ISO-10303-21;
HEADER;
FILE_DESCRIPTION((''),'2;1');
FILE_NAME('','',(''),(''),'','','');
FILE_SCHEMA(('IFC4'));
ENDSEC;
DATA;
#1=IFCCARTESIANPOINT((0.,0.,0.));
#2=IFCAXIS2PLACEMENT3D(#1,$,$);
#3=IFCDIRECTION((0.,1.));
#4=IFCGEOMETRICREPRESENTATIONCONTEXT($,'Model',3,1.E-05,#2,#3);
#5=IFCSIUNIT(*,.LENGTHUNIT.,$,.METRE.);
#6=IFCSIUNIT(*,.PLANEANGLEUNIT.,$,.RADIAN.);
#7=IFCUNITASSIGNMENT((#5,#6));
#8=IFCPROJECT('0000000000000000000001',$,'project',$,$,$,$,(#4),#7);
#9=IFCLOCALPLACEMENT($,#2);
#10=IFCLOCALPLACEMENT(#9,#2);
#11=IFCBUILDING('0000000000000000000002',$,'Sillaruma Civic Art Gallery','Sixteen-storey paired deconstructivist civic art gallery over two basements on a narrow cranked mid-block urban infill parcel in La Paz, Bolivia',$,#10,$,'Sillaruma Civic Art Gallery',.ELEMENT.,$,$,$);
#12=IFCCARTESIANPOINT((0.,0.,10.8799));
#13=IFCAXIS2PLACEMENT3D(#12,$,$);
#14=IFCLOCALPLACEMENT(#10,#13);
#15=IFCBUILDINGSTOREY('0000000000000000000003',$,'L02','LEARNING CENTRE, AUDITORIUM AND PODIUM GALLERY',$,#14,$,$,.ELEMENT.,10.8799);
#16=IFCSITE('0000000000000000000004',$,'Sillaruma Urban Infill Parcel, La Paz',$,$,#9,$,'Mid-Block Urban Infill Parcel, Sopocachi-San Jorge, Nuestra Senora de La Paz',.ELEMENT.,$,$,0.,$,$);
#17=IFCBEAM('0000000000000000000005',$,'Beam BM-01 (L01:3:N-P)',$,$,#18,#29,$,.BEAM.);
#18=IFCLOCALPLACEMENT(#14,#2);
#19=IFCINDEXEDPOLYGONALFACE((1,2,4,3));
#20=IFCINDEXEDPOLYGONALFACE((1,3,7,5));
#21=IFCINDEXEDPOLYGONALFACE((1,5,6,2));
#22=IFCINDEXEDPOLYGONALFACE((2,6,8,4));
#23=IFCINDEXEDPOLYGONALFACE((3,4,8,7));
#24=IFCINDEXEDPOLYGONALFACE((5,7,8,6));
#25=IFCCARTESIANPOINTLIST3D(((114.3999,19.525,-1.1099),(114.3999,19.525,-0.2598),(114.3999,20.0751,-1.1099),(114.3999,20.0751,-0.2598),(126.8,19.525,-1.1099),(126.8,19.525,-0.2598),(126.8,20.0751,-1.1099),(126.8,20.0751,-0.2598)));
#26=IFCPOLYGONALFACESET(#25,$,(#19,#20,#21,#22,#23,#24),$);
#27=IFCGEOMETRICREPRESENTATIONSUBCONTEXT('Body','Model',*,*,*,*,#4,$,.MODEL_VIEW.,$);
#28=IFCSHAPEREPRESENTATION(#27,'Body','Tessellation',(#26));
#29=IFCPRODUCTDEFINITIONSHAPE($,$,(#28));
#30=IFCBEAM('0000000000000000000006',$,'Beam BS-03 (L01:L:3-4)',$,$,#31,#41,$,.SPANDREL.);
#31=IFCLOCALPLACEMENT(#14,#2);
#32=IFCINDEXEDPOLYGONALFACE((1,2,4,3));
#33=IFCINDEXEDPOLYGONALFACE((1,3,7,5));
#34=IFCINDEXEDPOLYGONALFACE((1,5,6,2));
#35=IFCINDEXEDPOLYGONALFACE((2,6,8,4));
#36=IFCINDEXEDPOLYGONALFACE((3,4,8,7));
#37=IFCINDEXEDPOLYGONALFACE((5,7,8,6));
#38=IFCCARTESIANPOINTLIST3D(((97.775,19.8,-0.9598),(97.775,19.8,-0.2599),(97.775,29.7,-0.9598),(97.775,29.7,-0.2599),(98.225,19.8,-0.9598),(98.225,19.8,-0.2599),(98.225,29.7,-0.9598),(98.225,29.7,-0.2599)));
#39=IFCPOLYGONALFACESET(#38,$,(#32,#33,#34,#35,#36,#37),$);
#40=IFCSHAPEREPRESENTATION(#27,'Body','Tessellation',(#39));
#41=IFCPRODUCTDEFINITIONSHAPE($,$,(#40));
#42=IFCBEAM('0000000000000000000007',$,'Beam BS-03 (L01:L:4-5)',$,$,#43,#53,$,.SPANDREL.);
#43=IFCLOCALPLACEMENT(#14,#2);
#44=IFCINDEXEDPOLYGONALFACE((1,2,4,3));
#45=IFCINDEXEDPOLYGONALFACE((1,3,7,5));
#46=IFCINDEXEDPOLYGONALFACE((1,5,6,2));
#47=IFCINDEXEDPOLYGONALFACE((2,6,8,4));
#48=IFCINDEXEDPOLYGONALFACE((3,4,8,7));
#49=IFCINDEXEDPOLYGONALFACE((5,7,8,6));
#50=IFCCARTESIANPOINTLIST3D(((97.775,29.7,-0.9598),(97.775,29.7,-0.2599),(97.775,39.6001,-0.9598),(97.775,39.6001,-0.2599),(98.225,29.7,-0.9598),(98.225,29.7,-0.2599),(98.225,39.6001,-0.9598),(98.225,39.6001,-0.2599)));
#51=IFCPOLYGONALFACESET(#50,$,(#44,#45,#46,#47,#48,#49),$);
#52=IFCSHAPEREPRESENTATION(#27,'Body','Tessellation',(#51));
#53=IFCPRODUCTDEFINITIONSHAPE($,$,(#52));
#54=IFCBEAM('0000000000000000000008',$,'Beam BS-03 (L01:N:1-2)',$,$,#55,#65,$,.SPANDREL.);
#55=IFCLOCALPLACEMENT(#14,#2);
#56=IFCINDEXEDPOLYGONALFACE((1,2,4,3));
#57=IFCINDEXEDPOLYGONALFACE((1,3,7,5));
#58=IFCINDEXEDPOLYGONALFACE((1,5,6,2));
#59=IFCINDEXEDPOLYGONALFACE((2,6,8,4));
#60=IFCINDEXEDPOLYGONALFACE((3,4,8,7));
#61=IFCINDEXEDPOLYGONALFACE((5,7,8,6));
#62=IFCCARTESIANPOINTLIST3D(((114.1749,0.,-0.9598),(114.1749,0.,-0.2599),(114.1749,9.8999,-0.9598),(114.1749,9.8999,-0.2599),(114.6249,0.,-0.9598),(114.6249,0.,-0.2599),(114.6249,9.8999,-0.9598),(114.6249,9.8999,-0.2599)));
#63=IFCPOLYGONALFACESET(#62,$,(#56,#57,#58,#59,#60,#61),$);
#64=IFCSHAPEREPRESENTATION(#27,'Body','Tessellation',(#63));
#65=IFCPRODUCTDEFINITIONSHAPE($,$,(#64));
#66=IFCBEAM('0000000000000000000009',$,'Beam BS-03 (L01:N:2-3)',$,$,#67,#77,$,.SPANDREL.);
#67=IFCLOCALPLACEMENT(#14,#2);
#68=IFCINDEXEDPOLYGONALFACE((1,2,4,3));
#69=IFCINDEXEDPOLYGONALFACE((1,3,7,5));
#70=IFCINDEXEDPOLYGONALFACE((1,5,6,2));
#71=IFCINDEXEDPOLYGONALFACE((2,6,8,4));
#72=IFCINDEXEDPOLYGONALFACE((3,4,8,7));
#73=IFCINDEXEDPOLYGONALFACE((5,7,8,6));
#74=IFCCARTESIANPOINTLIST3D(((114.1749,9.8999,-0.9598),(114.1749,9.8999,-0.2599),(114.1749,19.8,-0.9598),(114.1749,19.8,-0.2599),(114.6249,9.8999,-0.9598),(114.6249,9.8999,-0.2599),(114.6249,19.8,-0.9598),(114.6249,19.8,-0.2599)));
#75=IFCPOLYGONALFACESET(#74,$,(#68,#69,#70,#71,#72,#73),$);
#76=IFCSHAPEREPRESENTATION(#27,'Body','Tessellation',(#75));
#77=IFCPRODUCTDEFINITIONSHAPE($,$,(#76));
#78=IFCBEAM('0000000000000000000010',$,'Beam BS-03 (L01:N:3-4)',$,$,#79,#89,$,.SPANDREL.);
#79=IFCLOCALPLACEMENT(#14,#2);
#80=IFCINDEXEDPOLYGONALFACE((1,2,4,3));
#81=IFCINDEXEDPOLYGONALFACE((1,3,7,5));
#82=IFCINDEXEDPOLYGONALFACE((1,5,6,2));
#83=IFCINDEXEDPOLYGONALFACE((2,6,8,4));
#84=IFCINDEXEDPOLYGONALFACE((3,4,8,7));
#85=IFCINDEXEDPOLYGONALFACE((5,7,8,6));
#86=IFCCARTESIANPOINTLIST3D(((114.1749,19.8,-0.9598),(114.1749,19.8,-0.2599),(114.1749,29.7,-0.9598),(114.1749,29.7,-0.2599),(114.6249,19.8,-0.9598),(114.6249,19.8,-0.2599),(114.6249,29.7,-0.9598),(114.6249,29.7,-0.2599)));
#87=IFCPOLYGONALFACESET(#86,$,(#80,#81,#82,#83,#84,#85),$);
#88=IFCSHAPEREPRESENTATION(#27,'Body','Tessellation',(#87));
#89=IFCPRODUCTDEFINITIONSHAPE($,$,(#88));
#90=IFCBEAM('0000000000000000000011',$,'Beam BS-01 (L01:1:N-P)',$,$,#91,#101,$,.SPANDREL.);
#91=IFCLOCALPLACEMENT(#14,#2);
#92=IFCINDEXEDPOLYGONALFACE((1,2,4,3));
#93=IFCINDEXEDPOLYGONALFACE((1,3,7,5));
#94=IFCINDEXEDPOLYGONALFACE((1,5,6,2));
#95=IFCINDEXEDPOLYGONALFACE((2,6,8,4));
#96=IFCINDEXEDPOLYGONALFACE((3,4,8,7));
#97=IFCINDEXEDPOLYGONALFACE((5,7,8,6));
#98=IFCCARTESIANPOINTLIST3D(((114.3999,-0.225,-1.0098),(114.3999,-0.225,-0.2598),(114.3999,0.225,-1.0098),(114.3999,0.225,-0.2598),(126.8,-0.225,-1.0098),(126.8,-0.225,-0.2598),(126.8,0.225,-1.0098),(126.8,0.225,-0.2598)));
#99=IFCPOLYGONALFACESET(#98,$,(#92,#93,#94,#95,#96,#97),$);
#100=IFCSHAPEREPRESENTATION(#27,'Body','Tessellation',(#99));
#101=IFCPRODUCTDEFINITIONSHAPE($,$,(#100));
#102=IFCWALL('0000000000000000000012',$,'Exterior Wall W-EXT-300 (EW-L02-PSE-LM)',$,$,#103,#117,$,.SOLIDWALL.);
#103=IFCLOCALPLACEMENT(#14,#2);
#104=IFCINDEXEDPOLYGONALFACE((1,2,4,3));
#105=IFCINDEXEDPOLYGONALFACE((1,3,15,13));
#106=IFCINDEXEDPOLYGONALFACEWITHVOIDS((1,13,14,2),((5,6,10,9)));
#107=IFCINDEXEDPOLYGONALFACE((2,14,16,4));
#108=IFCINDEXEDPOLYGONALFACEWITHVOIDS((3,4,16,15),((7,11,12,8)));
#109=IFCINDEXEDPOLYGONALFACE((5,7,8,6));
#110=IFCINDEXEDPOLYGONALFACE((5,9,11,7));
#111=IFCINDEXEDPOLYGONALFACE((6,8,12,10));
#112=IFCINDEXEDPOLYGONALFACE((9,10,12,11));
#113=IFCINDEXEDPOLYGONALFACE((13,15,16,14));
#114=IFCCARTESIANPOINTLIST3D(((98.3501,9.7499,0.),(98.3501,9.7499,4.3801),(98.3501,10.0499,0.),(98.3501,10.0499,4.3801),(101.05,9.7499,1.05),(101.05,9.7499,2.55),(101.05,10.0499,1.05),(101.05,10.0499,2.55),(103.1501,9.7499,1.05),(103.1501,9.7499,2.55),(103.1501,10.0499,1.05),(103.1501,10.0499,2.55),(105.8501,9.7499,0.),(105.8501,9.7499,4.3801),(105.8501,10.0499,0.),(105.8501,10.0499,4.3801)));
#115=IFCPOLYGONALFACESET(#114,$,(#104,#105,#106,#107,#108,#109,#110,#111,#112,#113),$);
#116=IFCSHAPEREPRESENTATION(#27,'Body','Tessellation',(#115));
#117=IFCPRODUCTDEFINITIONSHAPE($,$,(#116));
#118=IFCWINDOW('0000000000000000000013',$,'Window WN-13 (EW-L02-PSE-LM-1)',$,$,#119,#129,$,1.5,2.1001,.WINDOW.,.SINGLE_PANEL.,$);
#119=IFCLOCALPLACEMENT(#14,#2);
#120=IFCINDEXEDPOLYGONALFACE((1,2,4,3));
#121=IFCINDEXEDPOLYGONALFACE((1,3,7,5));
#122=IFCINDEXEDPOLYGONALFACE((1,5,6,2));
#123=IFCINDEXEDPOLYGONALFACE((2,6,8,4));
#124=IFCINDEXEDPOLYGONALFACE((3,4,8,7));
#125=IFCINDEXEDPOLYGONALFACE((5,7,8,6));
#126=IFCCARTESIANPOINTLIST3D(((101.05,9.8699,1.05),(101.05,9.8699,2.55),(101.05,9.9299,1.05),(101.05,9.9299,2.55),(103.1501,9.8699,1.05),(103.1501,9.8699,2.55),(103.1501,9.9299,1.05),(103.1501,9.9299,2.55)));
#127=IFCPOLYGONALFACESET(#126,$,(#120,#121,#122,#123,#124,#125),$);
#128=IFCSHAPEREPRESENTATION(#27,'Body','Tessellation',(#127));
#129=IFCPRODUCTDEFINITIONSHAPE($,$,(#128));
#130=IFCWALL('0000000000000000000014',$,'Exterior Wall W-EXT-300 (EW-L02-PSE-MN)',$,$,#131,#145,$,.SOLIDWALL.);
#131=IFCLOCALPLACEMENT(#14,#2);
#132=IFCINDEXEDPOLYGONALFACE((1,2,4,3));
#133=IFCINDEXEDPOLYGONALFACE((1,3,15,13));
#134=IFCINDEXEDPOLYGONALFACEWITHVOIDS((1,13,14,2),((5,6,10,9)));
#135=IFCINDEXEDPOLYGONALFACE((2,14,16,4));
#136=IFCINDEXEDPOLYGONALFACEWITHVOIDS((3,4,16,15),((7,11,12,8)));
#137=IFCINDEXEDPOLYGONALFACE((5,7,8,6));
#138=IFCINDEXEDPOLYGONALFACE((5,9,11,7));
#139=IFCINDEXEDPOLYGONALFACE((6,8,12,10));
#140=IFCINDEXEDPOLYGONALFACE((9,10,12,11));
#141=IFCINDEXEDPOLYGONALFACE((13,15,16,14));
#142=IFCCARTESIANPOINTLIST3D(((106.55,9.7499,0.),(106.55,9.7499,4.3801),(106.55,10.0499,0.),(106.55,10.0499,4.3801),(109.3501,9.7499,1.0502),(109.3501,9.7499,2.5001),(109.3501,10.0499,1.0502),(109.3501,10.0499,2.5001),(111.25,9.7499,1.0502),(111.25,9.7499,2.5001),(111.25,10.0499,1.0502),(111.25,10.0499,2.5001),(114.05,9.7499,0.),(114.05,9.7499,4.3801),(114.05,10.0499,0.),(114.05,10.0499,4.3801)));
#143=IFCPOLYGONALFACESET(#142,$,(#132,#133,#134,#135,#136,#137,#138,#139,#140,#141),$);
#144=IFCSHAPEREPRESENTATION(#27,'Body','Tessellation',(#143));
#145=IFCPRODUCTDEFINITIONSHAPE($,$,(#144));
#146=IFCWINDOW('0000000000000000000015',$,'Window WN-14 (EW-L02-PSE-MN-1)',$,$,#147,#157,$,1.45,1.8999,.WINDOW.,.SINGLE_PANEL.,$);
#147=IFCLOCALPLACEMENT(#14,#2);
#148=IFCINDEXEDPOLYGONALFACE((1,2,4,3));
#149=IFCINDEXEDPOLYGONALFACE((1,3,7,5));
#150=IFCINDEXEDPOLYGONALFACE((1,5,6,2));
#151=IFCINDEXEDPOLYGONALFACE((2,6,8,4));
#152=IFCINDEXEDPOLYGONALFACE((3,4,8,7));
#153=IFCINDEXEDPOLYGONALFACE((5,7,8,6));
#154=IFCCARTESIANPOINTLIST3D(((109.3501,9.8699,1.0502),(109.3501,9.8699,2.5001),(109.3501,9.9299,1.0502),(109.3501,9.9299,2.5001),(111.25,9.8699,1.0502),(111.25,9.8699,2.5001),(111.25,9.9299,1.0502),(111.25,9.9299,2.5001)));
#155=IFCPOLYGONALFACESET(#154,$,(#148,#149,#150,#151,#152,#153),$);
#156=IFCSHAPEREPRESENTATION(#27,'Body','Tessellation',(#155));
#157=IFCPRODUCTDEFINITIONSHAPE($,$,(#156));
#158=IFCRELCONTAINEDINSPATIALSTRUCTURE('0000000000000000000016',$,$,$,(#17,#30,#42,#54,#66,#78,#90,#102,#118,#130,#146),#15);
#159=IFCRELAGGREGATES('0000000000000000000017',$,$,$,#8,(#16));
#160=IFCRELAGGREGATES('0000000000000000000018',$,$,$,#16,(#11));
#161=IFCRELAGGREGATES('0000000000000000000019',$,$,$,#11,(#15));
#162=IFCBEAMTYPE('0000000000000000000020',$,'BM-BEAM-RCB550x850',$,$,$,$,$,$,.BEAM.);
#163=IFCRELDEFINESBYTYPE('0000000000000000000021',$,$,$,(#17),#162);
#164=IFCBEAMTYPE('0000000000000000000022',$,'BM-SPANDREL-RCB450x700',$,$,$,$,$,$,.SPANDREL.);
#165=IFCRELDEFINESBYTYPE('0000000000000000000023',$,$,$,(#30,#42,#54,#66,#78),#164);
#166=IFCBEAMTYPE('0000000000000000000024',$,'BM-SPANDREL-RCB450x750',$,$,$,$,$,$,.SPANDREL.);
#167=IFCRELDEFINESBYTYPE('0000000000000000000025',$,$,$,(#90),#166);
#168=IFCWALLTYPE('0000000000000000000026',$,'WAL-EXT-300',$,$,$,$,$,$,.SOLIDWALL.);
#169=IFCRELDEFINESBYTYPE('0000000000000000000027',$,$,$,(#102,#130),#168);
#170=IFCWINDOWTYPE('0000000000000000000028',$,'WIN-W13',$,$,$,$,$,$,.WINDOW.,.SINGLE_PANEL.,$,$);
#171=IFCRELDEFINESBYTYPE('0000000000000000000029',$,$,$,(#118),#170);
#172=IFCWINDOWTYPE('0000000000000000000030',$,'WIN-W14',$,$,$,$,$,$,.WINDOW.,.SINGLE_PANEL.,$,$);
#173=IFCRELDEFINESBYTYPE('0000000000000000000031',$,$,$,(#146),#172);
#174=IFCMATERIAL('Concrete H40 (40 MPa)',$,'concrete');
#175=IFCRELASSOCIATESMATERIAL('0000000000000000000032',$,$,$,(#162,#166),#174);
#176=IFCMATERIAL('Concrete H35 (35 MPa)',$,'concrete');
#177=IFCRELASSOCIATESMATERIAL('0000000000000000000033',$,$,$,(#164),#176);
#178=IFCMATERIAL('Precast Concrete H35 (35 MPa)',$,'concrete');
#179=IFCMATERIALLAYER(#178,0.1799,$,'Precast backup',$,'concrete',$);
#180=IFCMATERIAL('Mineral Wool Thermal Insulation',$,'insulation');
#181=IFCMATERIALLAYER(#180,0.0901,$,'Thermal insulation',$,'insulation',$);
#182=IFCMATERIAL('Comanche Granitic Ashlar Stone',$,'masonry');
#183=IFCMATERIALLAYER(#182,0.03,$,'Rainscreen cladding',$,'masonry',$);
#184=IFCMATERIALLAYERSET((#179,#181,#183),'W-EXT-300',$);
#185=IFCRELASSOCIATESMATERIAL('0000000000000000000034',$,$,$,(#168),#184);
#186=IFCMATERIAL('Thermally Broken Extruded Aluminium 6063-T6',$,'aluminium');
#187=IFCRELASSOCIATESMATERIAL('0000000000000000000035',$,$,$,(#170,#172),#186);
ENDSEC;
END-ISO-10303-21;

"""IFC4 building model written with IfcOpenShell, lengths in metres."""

from ifc_helpers import new_model, si_unit, direction, frame, frame_2d, origin, origin_2d, place, context, subcontext, project, spatial, rectangle, extrude, material, layer, layer_set, material_profile, profile_set, type_object, element, fill, save


model = new_model("IFC4")

# Units and contexts
model_context = context("Model", 3, precision=1e-05, world=origin(), true_north=direction((0.0, 1.0)))
body_context = subcontext(model_context, "Body", "Model", "MODEL_VIEW")
ifc_project = project(units=[si_unit("LENGTHUNIT", "METRE"), si_unit("PLANEANGLEUNIT", "RADIAN")], contexts=[model_context])

# Site, building, storey
site_placement = place(None, origin())
site = spatial("IfcSite", under=ifc_project, at=site_placement, Name="Sillaruma Urban Infill Parcel, La Paz", LongName="Mid-Block Urban Infill Parcel, Sopocachi-San Jorge, Nuestra Senora de La Paz", CompositionType="ELEMENT", RefElevation=0.0)
building_placement = place(site_placement, origin())
building = spatial("IfcBuilding", under=site, at=building_placement, Name="Sillaruma Civic Art Gallery", Description="Sixteen-storey paired deconstructivist civic art gallery over two basements on a narrow cranked mid-block urban infill parcel in La Paz, Bolivia", LongName="Sillaruma Civic Art Gallery", CompositionType="ELEMENT")
storey_placement = place(building_placement, frame((0.0, 0.0, 10.8799)))
storey = spatial("IfcBuildingStorey", under=building, at=storey_placement, Name="L02", Description="LEARNING CENTRE, AUDITORIUM AND PODIUM GALLERY", CompositionType="ELEMENT", Elevation=10.8799)

# Shared definitions
ifc_material_1 = material(Name="Concrete H40 (40 MPa)", Category="concrete")

# Beams
ifc_material_profile_1 = material_profile(ifc_material_1, rectangle(XDim=0.55, YDim=0.8501, at=origin_2d()), Name="RCB550x850")
ifc_profile_set_1 = profile_set([ifc_material_profile_1], Name="Concrete H40 (40 MPa)")
beam_type_1 = type_object("IfcBeamType", Name="BM-BEAM-RCB550x850", PredefinedType="BEAM", material=ifc_profile_set_1)
for number, where, z_axis, x_axis, name in (
    (1, (114.3999, 19.8, -0.6848), (1.0, 0.0, 0.0), (0.0, 1.0, 0.0), "Beam BM-01 (L01:3:N-P)"),
):
    element("IfcBeam", number, at=place(storey_placement, frame(where, z_axis=z_axis, x_axis=x_axis)), inside=storey, type_object=beam_type_1, Name=name, PredefinedType="BEAM", context=body_context, shape_type="SweptSolid", body=[
        extrude(rectangle(XDim=0.55, YDim=0.8501, at=origin_2d()), origin(), (0.0, 0.0, 1.0), 12.4001),
    ])
ifc_material_2 = material(Name="Concrete H35 (35 MPa)", Category="concrete")
ifc_material_profile_2 = material_profile(ifc_material_2, rectangle(XDim=0.45, YDim=0.7, at=origin_2d()), Name="RCB450x700")
ifc_profile_set_2 = profile_set([ifc_material_profile_2], Name="Concrete H35 (35 MPa)")
beam_type_2 = type_object("IfcBeamType", Name="BM-SPANDREL-RCB450x700", PredefinedType="SPANDREL", material=ifc_profile_set_2)
beam_1_placement = place(storey_placement, frame((98.0, 19.8, -0.6099), z_axis=(0.0, 1.0, 0.0), x_axis=(-1.0, 0.0, 0.0)))
element("IfcBeam", 2, at=beam_1_placement, inside=storey, type_object=beam_type_2, Name="Beam BS-03 (L01:L:3-4)", PredefinedType="SPANDREL", context=body_context, shape_type="SweptSolid", body=[
    extrude(rectangle(XDim=0.45, YDim=0.7, at=origin_2d()), origin(), (0.0, 0.0, 1.0), 9.8999),
])
beam_2_placement = place(storey_placement, frame((98.0, 29.7, -0.6099), z_axis=(0.0, 1.0, 0.0), x_axis=(-1.0, 0.0, 0.0)))
element("IfcBeam", 3, at=beam_2_placement, inside=storey, type_object=beam_type_2, Name="Beam BS-03 (L01:L:4-5)", PredefinedType="SPANDREL", context=body_context, shape_type="SweptSolid", body=[
    extrude(rectangle(XDim=0.45, YDim=0.7, at=origin_2d()), origin(), (0.0, 0.0, 1.0), 9.9001),
])
beam_3_placement = place(storey_placement, frame((114.3999, 0.0, -0.6099), z_axis=(0.0, 1.0, 0.0), x_axis=(-1.0, 0.0, 0.0)))
element("IfcBeam", 4, at=beam_3_placement, inside=storey, type_object=beam_type_2, Name="Beam BS-03 (L01:N:1-2)", PredefinedType="SPANDREL", context=body_context, shape_type="SweptSolid", body=[
    extrude(rectangle(XDim=0.45, YDim=0.7, at=origin_2d()), origin(), (0.0, 0.0, 1.0), 9.8999),
])
beam_4_placement = place(storey_placement, frame((114.3999, 9.8999, -0.6099), z_axis=(0.0, 1.0, 0.0), x_axis=(-1.0, 0.0, 0.0)))
element("IfcBeam", 5, at=beam_4_placement, inside=storey, type_object=beam_type_2, Name="Beam BS-03 (L01:N:2-3)", PredefinedType="SPANDREL", context=body_context, shape_type="SweptSolid", body=[
    extrude(rectangle(XDim=0.45, YDim=0.7, at=origin_2d()), origin(), (0.0, 0.0, 1.0), 9.9001),
])
beam_5_placement = place(storey_placement, frame((114.3999, 19.8, -0.6099), z_axis=(0.0, 1.0, 0.0), x_axis=(-1.0, 0.0, 0.0)))
element("IfcBeam", 6, at=beam_5_placement, inside=storey, type_object=beam_type_2, Name="Beam BS-03 (L01:N:3-4)", PredefinedType="SPANDREL", context=body_context, shape_type="SweptSolid", body=[
    extrude(rectangle(XDim=0.45, YDim=0.7, at=origin_2d()), origin(), (0.0, 0.0, 1.0), 9.8999),
])
ifc_material_profile_3 = material_profile(ifc_material_1, rectangle(XDim=0.45, YDim=0.75, at=origin_2d()), Name="RCB450x750")
ifc_profile_set_3 = profile_set([ifc_material_profile_3], Name="Concrete H40 (40 MPa)")
beam_type_3 = type_object("IfcBeamType", Name="BM-SPANDREL-RCB450x750", PredefinedType="SPANDREL", material=ifc_profile_set_3)
beam_6_placement = place(storey_placement, frame((114.3999, 0.0, -0.6348), z_axis=(1.0, 0.0, 0.0), x_axis=(0.0, 1.0, 0.0)))
element("IfcBeam", 7, at=beam_6_placement, inside=storey, type_object=beam_type_3, Name="Beam BS-01 (L01:1:N-P)", PredefinedType="SPANDREL", context=body_context, shape_type="SweptSolid", body=[
    extrude(rectangle(XDim=0.45, YDim=0.75, at=origin_2d()), origin(), (0.0, 0.0, 1.0), 12.4001),
])

# Walls, openings, windows
ifc_material_3 = material(Name="Precast Concrete H35 (35 MPa)", Category="concrete")
ifc_layer_1 = layer(ifc_material_3, 0.1799, Name="Precast backup", Category="concrete")
ifc_material_4 = material(Name="Mineral Wool Thermal Insulation", Category="insulation")
ifc_layer_2 = layer(ifc_material_4, 0.0901, Name="Thermal insulation", Category="insulation")
ifc_material_5 = material(Name="Comanche Granitic Ashlar Stone", Category="masonry")
ifc_layer_3 = layer(ifc_material_5, 0.03, Name="Rainscreen cladding", Category="masonry")
ifc_layer_set = layer_set([ifc_layer_1, ifc_layer_2, ifc_layer_3], Name="W-EXT-300")
wall_type = type_object("IfcWallType", Name="WAL-EXT-300", PredefinedType="SOLIDWALL", material=ifc_layer_set)
wall_1_placement = place(storey_placement, frame((98.3501, 9.8999, 0.0), z_axis=(0.0, 0.0, 1.0), x_axis=(1.0, 0.0, 0.0)))
wall_1 = element("IfcWall", 8, at=wall_1_placement, inside=storey, type_object=wall_type, Name="Exterior Wall W-EXT-300 (EW-L02-PSE-LM)", PredefinedType="SOLIDWALL", context=body_context, shape_type="SweptSolid", body=[
    extrude(rectangle(XDim=7.5, YDim=0.3, at=frame_2d((3.75, 0.0))), origin(), (0.0, 0.0, 1.0), 4.3801),
])
opening_1_placement = place(wall_1_placement, frame((2.7, 0.0, 1.05)))
opening_1 = element("IfcOpeningElement", 9, at=opening_1_placement, cuts=wall_1, PredefinedType="OPENING", context=body_context, shape_type="SweptSolid", body=[
    extrude(rectangle(XDim=2.1001, YDim=1.5, at=frame_2d((1.05, 0.75))), frame((0.0, 0.1599, 0.0), z_axis=(0.0, -1.0, 0.0), x_axis=(1.0, 0.0, 0.0)), (0.0, 0.0, 1.0), 0.3201),
])
ifc_material_6 = material(Name="Thermally Broken Extruded Aluminium 6063-T6", Category="aluminium")
window_type_1 = type_object("IfcWindowType", Name="WIN-W13", PartitioningType="SINGLE_PANEL", PredefinedType="WINDOW", material=ifc_material_6)
window_1_placement = place(opening_1_placement, origin())
window_1 = element("IfcWindow", 10, at=window_1_placement, inside=storey, type_object=window_type_1, Name="Window WN-13 (EW-L02-PSE-LM-1)", OverallHeight=1.5, OverallWidth=2.1001, PartitioningType="SINGLE_PANEL", PredefinedType="WINDOW", context=body_context, shape_type="SweptSolid", body=[
    extrude(rectangle(XDim=2.1001, YDim=1.5, at=frame_2d((1.05, 0.75))), frame((0.0, 0.03, 0.0), z_axis=(0.0, -1.0, 0.0), x_axis=(1.0, 0.0, 0.0)), (0.0, 0.0, 1.0), 0.0601),
])
fill(opening_1, window_1)
wall_2_placement = place(storey_placement, frame((106.55, 9.8999, 0.0), z_axis=(0.0, 0.0, 1.0), x_axis=(1.0, 0.0, 0.0)))
wall_2 = element("IfcWall", 11, at=wall_2_placement, inside=storey, type_object=wall_type, Name="Exterior Wall W-EXT-300 (EW-L02-PSE-MN)", PredefinedType="SOLIDWALL", context=body_context, shape_type="SweptSolid", body=[
    extrude(rectangle(XDim=7.5, YDim=0.3, at=frame_2d((3.75, 0.0))), origin(), (0.0, 0.0, 1.0), 4.3801),
])
opening_2_placement = place(wall_2_placement, frame((2.8, 0.0, 1.05)))
opening_2 = element("IfcOpeningElement", 12, at=opening_2_placement, cuts=wall_2, PredefinedType="OPENING", context=body_context, shape_type="SweptSolid", body=[
    extrude(rectangle(XDim=1.8999, YDim=1.45, at=frame_2d((0.95, 0.7251))), frame((0.0, 0.1599, 0.0), z_axis=(0.0, -1.0, 0.0), x_axis=(1.0, 0.0, 0.0)), (0.0, 0.0, 1.0), 0.3201),
])
window_type_2 = type_object("IfcWindowType", Name="WIN-W14", PartitioningType="SINGLE_PANEL", PredefinedType="WINDOW", material=ifc_material_6)
window_2_placement = place(opening_2_placement, origin())
window_2 = element("IfcWindow", 13, at=window_2_placement, inside=storey, type_object=window_type_2, Name="Window WN-14 (EW-L02-PSE-MN-1)", OverallHeight=1.45, OverallWidth=1.8999, PartitioningType="SINGLE_PANEL", PredefinedType="WINDOW", context=body_context, shape_type="SweptSolid", body=[
    extrude(rectangle(XDim=1.8999, YDim=1.45, at=frame_2d((0.95, 0.7251))), frame((0.0, 0.03, 0.0), z_axis=(0.0, -1.0, 0.0), x_axis=(1.0, 0.0, 0.0)), (0.0, 0.0, 1.0), 0.0601),
])
fill(opening_2, window_2)

save(model, "model.ifc")
